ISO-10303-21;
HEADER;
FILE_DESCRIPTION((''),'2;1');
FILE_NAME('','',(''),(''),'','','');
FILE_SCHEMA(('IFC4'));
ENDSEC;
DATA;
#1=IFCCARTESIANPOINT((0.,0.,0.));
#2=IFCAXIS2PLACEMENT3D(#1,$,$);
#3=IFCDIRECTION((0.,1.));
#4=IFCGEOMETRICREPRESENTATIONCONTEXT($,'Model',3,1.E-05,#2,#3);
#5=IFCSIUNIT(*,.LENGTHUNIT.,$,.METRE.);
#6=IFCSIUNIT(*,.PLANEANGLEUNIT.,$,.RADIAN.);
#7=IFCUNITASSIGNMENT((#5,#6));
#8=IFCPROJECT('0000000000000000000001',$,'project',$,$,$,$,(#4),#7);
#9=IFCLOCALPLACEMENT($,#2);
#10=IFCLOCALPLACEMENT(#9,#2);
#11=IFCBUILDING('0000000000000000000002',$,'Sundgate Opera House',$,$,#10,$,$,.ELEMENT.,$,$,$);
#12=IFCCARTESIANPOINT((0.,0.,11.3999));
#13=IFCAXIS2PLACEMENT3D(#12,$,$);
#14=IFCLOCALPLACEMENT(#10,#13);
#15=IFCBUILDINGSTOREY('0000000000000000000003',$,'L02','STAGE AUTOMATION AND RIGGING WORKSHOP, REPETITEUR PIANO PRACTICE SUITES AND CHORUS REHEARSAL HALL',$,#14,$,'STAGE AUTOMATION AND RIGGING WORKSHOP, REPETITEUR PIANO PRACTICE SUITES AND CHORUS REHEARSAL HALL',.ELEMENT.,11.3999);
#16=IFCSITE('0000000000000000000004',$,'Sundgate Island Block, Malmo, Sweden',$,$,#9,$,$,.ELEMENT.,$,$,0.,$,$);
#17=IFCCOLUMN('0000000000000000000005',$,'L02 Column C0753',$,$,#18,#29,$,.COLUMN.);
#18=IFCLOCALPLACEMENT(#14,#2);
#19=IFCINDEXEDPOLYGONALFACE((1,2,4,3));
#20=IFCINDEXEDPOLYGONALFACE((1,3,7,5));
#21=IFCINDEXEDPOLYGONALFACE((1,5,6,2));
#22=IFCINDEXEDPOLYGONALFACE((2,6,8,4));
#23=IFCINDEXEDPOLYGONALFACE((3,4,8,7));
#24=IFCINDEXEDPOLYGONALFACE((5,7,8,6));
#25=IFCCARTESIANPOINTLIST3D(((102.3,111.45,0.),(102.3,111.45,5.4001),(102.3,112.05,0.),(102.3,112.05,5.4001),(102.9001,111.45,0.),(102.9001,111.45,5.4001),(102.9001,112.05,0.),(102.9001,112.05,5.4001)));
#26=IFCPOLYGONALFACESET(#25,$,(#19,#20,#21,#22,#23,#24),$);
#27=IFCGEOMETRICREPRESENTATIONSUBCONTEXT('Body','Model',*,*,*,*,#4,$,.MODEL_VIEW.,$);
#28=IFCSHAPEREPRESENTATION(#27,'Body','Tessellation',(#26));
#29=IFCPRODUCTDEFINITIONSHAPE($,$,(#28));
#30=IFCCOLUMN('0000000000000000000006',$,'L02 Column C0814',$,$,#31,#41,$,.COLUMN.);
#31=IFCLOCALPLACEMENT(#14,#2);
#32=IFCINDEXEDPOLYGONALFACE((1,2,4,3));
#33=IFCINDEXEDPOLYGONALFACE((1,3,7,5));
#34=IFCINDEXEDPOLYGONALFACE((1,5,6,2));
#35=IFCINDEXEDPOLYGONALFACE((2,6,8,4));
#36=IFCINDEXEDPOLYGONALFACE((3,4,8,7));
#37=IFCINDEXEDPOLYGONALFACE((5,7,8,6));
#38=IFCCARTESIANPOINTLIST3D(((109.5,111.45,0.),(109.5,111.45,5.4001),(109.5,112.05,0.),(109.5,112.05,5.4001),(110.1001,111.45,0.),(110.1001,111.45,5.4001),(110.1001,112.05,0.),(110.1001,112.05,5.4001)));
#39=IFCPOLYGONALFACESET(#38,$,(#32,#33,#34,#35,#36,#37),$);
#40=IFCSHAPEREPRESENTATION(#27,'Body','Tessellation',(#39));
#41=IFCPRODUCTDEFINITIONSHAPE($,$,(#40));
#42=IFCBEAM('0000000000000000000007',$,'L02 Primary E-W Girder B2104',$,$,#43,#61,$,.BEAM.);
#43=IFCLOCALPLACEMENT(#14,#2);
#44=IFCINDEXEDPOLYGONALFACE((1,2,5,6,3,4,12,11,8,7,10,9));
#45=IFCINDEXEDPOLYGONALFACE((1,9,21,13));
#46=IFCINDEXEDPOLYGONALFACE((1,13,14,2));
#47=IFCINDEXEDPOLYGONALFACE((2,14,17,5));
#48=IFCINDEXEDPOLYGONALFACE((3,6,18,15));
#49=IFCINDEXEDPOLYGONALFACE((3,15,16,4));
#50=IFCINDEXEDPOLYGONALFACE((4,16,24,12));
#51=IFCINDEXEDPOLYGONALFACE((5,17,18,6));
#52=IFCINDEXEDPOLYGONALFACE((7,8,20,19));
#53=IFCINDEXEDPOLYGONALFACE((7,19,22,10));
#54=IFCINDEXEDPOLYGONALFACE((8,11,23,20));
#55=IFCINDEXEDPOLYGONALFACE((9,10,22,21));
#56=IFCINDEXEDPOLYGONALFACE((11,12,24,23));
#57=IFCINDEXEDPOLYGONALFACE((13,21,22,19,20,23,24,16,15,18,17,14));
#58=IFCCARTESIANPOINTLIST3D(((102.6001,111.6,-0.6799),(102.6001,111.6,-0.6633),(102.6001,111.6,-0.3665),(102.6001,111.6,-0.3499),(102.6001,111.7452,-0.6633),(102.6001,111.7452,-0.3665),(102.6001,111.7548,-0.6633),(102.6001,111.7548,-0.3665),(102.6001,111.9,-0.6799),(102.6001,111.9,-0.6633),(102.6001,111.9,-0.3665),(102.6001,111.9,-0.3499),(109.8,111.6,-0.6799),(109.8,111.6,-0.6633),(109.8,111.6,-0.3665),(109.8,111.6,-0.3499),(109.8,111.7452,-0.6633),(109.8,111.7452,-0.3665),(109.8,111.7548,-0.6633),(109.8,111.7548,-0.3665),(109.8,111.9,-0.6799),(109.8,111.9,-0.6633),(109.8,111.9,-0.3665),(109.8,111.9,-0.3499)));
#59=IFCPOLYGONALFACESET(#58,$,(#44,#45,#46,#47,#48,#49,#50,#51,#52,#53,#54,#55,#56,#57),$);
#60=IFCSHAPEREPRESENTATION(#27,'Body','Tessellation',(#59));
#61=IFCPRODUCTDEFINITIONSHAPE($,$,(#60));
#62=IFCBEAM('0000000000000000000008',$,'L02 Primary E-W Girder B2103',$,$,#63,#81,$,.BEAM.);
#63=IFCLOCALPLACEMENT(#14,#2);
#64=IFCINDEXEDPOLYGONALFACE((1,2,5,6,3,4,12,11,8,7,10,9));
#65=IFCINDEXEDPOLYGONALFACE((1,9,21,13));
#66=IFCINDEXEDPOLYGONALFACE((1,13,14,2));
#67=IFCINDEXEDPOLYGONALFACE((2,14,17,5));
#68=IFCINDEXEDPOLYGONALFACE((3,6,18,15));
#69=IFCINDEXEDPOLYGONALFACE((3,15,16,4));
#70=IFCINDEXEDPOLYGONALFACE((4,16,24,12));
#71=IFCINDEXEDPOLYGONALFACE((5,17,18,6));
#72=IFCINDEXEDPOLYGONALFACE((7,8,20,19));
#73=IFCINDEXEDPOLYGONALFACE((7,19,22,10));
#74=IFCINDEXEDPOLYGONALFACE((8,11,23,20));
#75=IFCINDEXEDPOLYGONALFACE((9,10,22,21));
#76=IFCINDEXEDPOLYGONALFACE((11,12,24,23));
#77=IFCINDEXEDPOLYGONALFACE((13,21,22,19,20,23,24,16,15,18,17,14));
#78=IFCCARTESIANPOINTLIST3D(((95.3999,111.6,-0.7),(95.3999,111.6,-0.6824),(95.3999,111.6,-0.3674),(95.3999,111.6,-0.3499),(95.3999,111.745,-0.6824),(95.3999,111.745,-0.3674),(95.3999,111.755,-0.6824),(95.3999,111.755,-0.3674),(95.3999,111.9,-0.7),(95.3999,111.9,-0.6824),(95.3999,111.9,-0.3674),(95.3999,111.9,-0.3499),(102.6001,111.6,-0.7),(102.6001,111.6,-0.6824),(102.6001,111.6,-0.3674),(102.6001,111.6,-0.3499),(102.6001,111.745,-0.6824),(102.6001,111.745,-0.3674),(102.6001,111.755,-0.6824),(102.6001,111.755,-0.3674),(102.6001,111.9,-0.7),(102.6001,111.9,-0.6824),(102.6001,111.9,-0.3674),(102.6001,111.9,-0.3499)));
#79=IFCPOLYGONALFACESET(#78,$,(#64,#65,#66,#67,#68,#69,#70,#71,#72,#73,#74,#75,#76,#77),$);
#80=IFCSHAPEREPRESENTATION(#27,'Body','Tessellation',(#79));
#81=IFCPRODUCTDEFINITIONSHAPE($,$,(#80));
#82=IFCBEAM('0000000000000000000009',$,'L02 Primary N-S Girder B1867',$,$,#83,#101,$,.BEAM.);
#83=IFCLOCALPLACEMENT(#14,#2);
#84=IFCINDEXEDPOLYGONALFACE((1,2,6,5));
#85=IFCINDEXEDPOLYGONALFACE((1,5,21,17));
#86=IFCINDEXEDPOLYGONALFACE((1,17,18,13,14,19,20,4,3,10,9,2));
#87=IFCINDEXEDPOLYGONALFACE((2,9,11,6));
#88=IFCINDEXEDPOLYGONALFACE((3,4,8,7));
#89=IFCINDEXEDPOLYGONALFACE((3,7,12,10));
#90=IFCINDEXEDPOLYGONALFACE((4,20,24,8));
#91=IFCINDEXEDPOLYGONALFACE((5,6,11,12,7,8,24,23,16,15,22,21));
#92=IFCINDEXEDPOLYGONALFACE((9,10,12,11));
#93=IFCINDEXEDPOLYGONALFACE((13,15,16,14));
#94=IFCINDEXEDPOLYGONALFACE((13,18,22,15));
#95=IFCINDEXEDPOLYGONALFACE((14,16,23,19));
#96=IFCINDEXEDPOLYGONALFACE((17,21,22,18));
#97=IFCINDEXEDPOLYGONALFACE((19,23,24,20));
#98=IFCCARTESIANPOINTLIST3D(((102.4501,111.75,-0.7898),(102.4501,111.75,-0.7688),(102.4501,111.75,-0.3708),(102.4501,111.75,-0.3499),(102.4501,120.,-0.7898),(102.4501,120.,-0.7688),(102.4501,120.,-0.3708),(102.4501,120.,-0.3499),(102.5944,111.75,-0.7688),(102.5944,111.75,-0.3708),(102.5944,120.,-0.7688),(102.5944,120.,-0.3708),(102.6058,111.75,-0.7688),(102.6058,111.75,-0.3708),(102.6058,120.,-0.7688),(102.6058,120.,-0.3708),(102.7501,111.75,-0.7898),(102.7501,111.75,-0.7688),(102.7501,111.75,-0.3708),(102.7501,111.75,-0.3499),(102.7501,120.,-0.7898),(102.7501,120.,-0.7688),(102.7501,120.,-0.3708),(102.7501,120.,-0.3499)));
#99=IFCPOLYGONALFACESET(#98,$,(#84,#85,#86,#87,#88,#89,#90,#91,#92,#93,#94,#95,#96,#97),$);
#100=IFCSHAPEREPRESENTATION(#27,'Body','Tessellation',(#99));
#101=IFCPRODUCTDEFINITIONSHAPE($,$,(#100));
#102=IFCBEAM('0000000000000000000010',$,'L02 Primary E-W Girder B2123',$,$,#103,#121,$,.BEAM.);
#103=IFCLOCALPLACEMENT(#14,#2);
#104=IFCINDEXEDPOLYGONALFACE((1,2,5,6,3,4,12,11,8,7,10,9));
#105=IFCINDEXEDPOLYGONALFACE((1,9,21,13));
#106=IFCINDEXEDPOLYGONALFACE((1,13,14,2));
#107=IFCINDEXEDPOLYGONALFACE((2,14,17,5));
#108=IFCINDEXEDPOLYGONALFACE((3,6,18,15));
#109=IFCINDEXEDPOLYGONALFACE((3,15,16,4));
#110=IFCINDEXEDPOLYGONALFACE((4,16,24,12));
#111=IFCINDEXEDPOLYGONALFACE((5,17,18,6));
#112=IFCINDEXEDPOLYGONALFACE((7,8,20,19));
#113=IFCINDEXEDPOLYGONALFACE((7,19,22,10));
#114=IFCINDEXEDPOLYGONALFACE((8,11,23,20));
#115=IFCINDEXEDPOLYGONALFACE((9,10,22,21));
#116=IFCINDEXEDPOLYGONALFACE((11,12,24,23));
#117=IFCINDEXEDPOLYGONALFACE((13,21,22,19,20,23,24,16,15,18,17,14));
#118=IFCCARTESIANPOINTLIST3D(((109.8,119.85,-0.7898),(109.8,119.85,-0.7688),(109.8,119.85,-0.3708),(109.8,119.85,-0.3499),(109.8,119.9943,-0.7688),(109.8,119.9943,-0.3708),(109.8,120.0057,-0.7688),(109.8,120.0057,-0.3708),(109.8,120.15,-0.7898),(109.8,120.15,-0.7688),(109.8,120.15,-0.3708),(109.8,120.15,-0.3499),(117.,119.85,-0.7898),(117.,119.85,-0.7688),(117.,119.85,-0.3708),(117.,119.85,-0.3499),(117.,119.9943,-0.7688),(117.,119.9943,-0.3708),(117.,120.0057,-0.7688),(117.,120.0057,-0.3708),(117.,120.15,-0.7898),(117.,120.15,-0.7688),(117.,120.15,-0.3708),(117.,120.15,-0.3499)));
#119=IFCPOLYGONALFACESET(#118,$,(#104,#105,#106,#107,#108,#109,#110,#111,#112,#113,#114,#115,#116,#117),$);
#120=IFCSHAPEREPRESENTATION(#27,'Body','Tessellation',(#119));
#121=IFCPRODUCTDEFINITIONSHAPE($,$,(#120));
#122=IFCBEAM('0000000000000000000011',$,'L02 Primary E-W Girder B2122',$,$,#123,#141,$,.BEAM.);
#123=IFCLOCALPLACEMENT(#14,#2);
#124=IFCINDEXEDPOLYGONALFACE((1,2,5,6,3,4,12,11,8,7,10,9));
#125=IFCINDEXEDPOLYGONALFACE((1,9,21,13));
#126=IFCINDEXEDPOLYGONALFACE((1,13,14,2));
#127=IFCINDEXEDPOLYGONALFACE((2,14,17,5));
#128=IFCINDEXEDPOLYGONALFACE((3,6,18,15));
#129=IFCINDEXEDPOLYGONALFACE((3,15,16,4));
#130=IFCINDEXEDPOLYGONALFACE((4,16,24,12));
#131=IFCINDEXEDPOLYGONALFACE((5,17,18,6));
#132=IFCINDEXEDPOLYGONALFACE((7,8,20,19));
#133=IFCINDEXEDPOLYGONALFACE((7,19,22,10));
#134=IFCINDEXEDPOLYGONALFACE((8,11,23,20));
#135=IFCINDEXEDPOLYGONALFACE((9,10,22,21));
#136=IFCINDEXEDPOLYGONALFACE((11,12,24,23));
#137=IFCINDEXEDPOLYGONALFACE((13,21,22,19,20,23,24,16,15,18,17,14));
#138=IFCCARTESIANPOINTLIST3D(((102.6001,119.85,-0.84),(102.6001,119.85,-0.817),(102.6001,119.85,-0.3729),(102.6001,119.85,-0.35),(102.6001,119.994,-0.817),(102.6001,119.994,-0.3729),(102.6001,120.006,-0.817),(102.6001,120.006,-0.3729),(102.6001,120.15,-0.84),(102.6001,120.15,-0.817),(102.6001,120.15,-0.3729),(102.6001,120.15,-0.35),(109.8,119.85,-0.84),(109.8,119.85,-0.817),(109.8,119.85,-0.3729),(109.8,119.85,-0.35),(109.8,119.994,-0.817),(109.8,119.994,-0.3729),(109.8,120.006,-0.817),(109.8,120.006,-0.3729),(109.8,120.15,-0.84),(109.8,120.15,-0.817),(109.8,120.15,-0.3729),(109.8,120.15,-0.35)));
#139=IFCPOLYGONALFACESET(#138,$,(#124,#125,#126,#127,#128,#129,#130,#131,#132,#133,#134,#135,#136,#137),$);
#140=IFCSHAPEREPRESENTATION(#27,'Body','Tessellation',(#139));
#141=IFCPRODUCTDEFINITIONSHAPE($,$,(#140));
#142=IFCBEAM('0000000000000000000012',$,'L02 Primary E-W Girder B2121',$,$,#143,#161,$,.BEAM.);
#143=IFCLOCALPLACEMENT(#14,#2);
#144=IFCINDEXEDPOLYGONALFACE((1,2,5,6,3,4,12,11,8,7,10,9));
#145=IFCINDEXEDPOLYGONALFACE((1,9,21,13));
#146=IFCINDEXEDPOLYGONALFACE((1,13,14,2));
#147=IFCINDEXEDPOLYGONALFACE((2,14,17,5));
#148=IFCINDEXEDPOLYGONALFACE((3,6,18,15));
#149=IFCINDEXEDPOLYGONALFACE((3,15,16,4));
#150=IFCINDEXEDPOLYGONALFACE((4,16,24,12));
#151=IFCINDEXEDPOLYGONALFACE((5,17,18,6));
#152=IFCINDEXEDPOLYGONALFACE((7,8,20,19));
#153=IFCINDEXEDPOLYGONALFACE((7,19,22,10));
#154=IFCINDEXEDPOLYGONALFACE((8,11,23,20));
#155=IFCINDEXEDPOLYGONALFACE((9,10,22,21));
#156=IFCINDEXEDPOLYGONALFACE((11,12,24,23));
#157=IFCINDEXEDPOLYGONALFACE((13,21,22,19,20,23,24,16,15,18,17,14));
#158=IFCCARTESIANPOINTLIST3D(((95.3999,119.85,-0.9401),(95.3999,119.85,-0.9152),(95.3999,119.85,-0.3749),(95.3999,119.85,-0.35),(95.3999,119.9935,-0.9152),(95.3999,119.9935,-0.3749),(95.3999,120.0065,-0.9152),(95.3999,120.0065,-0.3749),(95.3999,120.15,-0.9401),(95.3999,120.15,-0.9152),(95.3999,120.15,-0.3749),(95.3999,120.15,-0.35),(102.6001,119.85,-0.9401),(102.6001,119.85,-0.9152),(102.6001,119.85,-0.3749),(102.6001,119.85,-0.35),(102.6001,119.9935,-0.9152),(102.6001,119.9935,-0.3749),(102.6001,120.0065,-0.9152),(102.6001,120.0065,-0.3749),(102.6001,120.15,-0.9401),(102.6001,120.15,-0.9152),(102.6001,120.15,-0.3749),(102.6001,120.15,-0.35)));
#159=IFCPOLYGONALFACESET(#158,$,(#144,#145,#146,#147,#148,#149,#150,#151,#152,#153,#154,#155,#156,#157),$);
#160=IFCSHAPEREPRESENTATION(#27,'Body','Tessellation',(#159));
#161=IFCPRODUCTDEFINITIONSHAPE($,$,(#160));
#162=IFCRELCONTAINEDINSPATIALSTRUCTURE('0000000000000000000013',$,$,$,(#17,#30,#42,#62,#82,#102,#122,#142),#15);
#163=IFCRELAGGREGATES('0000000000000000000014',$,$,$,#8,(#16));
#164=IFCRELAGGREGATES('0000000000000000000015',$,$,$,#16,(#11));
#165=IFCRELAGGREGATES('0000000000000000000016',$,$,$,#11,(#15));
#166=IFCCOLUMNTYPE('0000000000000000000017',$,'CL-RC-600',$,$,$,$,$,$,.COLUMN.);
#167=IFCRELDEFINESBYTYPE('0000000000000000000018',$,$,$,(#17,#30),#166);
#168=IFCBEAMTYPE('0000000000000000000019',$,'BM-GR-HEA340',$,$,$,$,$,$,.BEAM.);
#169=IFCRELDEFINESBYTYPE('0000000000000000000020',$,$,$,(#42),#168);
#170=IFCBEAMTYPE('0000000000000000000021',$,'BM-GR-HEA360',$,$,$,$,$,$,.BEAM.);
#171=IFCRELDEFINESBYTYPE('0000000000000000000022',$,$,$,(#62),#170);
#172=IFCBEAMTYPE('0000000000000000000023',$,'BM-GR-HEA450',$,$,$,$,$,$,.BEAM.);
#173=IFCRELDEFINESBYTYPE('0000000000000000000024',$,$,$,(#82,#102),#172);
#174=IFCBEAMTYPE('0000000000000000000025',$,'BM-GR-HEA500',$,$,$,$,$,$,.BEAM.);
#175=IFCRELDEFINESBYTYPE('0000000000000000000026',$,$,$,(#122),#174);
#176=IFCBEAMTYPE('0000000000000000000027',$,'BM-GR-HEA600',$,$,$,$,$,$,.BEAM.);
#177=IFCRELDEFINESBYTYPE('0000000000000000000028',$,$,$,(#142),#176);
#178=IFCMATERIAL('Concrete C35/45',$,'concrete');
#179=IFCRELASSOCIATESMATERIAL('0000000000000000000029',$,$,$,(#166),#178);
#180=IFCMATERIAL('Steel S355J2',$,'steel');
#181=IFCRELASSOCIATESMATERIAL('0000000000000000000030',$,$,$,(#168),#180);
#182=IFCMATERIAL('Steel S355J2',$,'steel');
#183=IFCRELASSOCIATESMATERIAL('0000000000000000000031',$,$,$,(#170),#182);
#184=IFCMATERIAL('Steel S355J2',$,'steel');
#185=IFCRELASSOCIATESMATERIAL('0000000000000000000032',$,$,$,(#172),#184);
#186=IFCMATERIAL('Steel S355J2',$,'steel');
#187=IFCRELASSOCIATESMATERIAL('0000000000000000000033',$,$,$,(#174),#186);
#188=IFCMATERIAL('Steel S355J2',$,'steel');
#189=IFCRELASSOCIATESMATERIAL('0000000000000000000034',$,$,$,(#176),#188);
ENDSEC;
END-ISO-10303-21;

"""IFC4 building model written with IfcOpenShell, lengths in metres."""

from ifc_helpers import new_model, si_unit, direction, frame, origin, origin_2d, place, context, subcontext, project, spatial, rectangle, i_section, extrude, material, material_profile, profile_set, type_object, element, save


model = new_model("IFC4")

# Units and contexts
model_context = context("Model", 3, precision=1e-05, world=origin(), true_north=direction((0.0, 1.0)))
body_context = subcontext(model_context, "Body", "Model", "MODEL_VIEW")
ifc_project = project(units=[si_unit("LENGTHUNIT", "METRE"), si_unit("PLANEANGLEUNIT", "RADIAN")], contexts=[model_context])

# Site, building, storey
site_placement = place(None, origin())
site = spatial("IfcSite", under=ifc_project, at=site_placement, Name="Sundgate Island Block, Malmo, Sweden", CompositionType="ELEMENT", RefElevation=0.0)
building_placement = place(site_placement, origin())
building = spatial("IfcBuilding", under=site, at=building_placement, Name="Sundgate Opera House", CompositionType="ELEMENT")
storey_placement = place(building_placement, frame((0.0, 0.0, 11.3999)))
storey = spatial("IfcBuildingStorey", under=building, at=storey_placement, Name="L02", Description="STAGE AUTOMATION AND RIGGING WORKSHOP, REPETITEUR PIANO PRACTICE SUITES AND CHORUS REHEARSAL HALL", LongName="STAGE AUTOMATION AND RIGGING WORKSHOP, REPETITEUR PIANO PRACTICE SUITES AND CHORUS REHEARSAL HALL", CompositionType="ELEMENT", Elevation=11.3999)

# Columns
ifc_material_1 = material(Name="Concrete C35/45", Category="concrete")
ifc_material_profile_1 = material_profile(ifc_material_1, rectangle(XDim=0.6001, YDim=0.6001, at=origin_2d()), Name="RC 600x600")
ifc_profile_set_1 = profile_set([ifc_material_profile_1], Name="Concrete C35/45")
column_type = type_object("IfcColumnType", Name="CL-RC-600", PredefinedType="COLUMN", material=ifc_profile_set_1)
for number, where, z_axis, x_axis, name in (
    (1, (102.6001, 111.75, 0.0), (0.0, 0.0, 1.0), (1.0, 0.0, 0.0), "L02 Column C0753"),
    (2, (109.8, 111.75, 0.0), (0.0, 0.0, 1.0), (1.0, 0.0, 0.0), "L02 Column C0814"),
):
    element("IfcColumn", number, at=place(storey_placement, frame(where, z_axis=z_axis, x_axis=x_axis)), inside=storey, type_object=column_type, Name=name, PredefinedType="COLUMN", context=body_context, shape_type="SweptSolid", body=[
        extrude(rectangle(XDim=0.6001, YDim=0.6001, at=origin_2d()), origin(), (0.0, 0.0, 1.0), 5.4001),
    ])

# Beams
ifc_material_2 = material(Name="Steel S355J2", Category="steel")
ifc_material_profile_2 = material_profile(ifc_material_2, i_section(OverallWidth=0.3, OverallDepth=0.3301, WebThickness=0.0095, FlangeThickness=0.0166, at=origin_2d()), Name="HEA 340")
ifc_profile_set_2 = profile_set([ifc_material_profile_2], Name="Steel S355J2")
beam_type_1 = type_object("IfcBeamType", Name="BM-GR-HEA340", PredefinedType="BEAM", material=ifc_profile_set_2)
beam_1_placement = place(storey_placement, frame((102.6001, 111.75, -0.5149), z_axis=(1.0, 0.0, 0.0), x_axis=(0.0, 1.0, 0.0)))
element("IfcBeam", 3, at=beam_1_placement, inside=storey, type_object=beam_type_1, Name="L02 Primary E-W Girder B2104", PredefinedType="BEAM", context=body_context, shape_type="SweptSolid", body=[
    extrude(i_section(OverallWidth=0.3, OverallDepth=0.3301, WebThickness=0.0095, FlangeThickness=0.0166, at=origin_2d()), origin(), (0.0, 0.0, 1.0), 7.2),
])
ifc_material_3 = material(Name="Steel S355J2", Category="steel")
ifc_material_profile_3 = material_profile(ifc_material_3, i_section(OverallWidth=0.3, OverallDepth=0.3501, WebThickness=0.01, FlangeThickness=0.0176, at=origin_2d()), Name="HEA 360")
ifc_profile_set_3 = profile_set([ifc_material_profile_3], Name="Steel S355J2")
beam_type_2 = type_object("IfcBeamType", Name="BM-GR-HEA360", PredefinedType="BEAM", material=ifc_profile_set_3)
beam_2_placement = place(storey_placement, frame((95.3999, 111.75, -0.5249), z_axis=(1.0, 0.0, 0.0), x_axis=(0.0, 1.0, 0.0)))
element("IfcBeam", 4, at=beam_2_placement, inside=storey, type_object=beam_type_2, Name="L02 Primary E-W Girder B2103", PredefinedType="BEAM", context=body_context, shape_type="SweptSolid", body=[
    extrude(i_section(OverallWidth=0.3, OverallDepth=0.3501, WebThickness=0.01, FlangeThickness=0.0176, at=origin_2d()), origin(), (0.0, 0.0, 1.0), 7.2002),
])
ifc_material_4 = material(Name="Steel S355J2", Category="steel")
ifc_material_profile_4 = material_profile(ifc_material_4, i_section(OverallWidth=0.3, OverallDepth=0.4399, WebThickness=0.0115, FlangeThickness=0.021, at=origin_2d()), Name="HEA 450")
ifc_profile_set_4 = profile_set([ifc_material_profile_4], Name="Steel S355J2")
beam_type_3 = type_object("IfcBeamType", Name="BM-GR-HEA450", PredefinedType="BEAM", material=ifc_profile_set_4)
beam_3_placement = place(storey_placement, frame((102.6001, 111.75, -0.5698), z_axis=(0.0, 1.0, 0.0), x_axis=(-1.0, 0.0, 0.0)))
element("IfcBeam", 5, at=beam_3_placement, inside=storey, type_object=beam_type_3, Name="L02 Primary N-S Girder B1867", PredefinedType="BEAM", context=body_context, shape_type="SweptSolid", body=[
    extrude(i_section(OverallWidth=0.3, OverallDepth=0.4399, WebThickness=0.0115, FlangeThickness=0.021, at=origin_2d()), origin(), (0.0, 0.0, 1.0), 8.25),
])
beam_4_placement = place(storey_placement, frame((109.8, 120.0, -0.5698), z_axis=(1.0, 0.0, 0.0), x_axis=(0.0, 1.0, 0.0)))
element("IfcBeam", 6, at=beam_4_placement, inside=storey, type_object=beam_type_3, Name="L02 Primary E-W Girder B2123", PredefinedType="BEAM", context=body_context, shape_type="SweptSolid", body=[
    extrude(i_section(OverallWidth=0.3, OverallDepth=0.4399, WebThickness=0.0115, FlangeThickness=0.021, at=origin_2d()), origin(), (0.0, 0.0, 1.0), 7.2),
])
ifc_material_5 = material(Name="Steel S355J2", Category="steel")
ifc_material_profile_5 = material_profile(ifc_material_5, i_section(OverallWidth=0.3, OverallDepth=0.49, WebThickness=0.012, FlangeThickness=0.0229, at=origin_2d()), Name="HEA 500")
ifc_profile_set_5 = profile_set([ifc_material_profile_5], Name="Steel S355J2")
beam_type_4 = type_object("IfcBeamType", Name="BM-GR-HEA500", PredefinedType="BEAM", material=ifc_profile_set_5)
beam_5_placement = place(storey_placement, frame((102.6001, 120.0, -0.595), z_axis=(1.0, 0.0, 0.0), x_axis=(0.0, 1.0, 0.0)))
element("IfcBeam", 7, at=beam_5_placement, inside=storey, type_object=beam_type_4, Name="L02 Primary E-W Girder B2122", PredefinedType="BEAM", context=body_context, shape_type="SweptSolid", body=[
    extrude(i_section(OverallWidth=0.3, OverallDepth=0.49, WebThickness=0.012, FlangeThickness=0.0229, at=origin_2d()), origin(), (0.0, 0.0, 1.0), 7.2),
])
ifc_material_6 = material(Name="Steel S355J2", Category="steel")
ifc_material_profile_6 = material_profile(ifc_material_6, i_section(OverallWidth=0.3, OverallDepth=0.5901, WebThickness=0.0129, FlangeThickness=0.0249, at=origin_2d()), Name="HEA 600")
ifc_profile_set_6 = profile_set([ifc_material_profile_6], Name="Steel S355J2")
beam_type_5 = type_object("IfcBeamType", Name="BM-GR-HEA600", PredefinedType="BEAM", material=ifc_profile_set_6)
beam_6_placement = place(storey_placement, frame((95.3999, 120.0, -0.645), z_axis=(1.0, 0.0, 0.0), x_axis=(0.0, 1.0, 0.0)))
element("IfcBeam", 8, at=beam_6_placement, inside=storey, type_object=beam_type_5, Name="L02 Primary E-W Girder B2121", PredefinedType="BEAM", context=body_context, shape_type="SweptSolid", body=[
    extrude(i_section(OverallWidth=0.3, OverallDepth=0.5901, WebThickness=0.0129, FlangeThickness=0.0249, at=origin_2d()), origin(), (0.0, 0.0, 1.0), 7.2002),
])

save(model, "model.ifc")
